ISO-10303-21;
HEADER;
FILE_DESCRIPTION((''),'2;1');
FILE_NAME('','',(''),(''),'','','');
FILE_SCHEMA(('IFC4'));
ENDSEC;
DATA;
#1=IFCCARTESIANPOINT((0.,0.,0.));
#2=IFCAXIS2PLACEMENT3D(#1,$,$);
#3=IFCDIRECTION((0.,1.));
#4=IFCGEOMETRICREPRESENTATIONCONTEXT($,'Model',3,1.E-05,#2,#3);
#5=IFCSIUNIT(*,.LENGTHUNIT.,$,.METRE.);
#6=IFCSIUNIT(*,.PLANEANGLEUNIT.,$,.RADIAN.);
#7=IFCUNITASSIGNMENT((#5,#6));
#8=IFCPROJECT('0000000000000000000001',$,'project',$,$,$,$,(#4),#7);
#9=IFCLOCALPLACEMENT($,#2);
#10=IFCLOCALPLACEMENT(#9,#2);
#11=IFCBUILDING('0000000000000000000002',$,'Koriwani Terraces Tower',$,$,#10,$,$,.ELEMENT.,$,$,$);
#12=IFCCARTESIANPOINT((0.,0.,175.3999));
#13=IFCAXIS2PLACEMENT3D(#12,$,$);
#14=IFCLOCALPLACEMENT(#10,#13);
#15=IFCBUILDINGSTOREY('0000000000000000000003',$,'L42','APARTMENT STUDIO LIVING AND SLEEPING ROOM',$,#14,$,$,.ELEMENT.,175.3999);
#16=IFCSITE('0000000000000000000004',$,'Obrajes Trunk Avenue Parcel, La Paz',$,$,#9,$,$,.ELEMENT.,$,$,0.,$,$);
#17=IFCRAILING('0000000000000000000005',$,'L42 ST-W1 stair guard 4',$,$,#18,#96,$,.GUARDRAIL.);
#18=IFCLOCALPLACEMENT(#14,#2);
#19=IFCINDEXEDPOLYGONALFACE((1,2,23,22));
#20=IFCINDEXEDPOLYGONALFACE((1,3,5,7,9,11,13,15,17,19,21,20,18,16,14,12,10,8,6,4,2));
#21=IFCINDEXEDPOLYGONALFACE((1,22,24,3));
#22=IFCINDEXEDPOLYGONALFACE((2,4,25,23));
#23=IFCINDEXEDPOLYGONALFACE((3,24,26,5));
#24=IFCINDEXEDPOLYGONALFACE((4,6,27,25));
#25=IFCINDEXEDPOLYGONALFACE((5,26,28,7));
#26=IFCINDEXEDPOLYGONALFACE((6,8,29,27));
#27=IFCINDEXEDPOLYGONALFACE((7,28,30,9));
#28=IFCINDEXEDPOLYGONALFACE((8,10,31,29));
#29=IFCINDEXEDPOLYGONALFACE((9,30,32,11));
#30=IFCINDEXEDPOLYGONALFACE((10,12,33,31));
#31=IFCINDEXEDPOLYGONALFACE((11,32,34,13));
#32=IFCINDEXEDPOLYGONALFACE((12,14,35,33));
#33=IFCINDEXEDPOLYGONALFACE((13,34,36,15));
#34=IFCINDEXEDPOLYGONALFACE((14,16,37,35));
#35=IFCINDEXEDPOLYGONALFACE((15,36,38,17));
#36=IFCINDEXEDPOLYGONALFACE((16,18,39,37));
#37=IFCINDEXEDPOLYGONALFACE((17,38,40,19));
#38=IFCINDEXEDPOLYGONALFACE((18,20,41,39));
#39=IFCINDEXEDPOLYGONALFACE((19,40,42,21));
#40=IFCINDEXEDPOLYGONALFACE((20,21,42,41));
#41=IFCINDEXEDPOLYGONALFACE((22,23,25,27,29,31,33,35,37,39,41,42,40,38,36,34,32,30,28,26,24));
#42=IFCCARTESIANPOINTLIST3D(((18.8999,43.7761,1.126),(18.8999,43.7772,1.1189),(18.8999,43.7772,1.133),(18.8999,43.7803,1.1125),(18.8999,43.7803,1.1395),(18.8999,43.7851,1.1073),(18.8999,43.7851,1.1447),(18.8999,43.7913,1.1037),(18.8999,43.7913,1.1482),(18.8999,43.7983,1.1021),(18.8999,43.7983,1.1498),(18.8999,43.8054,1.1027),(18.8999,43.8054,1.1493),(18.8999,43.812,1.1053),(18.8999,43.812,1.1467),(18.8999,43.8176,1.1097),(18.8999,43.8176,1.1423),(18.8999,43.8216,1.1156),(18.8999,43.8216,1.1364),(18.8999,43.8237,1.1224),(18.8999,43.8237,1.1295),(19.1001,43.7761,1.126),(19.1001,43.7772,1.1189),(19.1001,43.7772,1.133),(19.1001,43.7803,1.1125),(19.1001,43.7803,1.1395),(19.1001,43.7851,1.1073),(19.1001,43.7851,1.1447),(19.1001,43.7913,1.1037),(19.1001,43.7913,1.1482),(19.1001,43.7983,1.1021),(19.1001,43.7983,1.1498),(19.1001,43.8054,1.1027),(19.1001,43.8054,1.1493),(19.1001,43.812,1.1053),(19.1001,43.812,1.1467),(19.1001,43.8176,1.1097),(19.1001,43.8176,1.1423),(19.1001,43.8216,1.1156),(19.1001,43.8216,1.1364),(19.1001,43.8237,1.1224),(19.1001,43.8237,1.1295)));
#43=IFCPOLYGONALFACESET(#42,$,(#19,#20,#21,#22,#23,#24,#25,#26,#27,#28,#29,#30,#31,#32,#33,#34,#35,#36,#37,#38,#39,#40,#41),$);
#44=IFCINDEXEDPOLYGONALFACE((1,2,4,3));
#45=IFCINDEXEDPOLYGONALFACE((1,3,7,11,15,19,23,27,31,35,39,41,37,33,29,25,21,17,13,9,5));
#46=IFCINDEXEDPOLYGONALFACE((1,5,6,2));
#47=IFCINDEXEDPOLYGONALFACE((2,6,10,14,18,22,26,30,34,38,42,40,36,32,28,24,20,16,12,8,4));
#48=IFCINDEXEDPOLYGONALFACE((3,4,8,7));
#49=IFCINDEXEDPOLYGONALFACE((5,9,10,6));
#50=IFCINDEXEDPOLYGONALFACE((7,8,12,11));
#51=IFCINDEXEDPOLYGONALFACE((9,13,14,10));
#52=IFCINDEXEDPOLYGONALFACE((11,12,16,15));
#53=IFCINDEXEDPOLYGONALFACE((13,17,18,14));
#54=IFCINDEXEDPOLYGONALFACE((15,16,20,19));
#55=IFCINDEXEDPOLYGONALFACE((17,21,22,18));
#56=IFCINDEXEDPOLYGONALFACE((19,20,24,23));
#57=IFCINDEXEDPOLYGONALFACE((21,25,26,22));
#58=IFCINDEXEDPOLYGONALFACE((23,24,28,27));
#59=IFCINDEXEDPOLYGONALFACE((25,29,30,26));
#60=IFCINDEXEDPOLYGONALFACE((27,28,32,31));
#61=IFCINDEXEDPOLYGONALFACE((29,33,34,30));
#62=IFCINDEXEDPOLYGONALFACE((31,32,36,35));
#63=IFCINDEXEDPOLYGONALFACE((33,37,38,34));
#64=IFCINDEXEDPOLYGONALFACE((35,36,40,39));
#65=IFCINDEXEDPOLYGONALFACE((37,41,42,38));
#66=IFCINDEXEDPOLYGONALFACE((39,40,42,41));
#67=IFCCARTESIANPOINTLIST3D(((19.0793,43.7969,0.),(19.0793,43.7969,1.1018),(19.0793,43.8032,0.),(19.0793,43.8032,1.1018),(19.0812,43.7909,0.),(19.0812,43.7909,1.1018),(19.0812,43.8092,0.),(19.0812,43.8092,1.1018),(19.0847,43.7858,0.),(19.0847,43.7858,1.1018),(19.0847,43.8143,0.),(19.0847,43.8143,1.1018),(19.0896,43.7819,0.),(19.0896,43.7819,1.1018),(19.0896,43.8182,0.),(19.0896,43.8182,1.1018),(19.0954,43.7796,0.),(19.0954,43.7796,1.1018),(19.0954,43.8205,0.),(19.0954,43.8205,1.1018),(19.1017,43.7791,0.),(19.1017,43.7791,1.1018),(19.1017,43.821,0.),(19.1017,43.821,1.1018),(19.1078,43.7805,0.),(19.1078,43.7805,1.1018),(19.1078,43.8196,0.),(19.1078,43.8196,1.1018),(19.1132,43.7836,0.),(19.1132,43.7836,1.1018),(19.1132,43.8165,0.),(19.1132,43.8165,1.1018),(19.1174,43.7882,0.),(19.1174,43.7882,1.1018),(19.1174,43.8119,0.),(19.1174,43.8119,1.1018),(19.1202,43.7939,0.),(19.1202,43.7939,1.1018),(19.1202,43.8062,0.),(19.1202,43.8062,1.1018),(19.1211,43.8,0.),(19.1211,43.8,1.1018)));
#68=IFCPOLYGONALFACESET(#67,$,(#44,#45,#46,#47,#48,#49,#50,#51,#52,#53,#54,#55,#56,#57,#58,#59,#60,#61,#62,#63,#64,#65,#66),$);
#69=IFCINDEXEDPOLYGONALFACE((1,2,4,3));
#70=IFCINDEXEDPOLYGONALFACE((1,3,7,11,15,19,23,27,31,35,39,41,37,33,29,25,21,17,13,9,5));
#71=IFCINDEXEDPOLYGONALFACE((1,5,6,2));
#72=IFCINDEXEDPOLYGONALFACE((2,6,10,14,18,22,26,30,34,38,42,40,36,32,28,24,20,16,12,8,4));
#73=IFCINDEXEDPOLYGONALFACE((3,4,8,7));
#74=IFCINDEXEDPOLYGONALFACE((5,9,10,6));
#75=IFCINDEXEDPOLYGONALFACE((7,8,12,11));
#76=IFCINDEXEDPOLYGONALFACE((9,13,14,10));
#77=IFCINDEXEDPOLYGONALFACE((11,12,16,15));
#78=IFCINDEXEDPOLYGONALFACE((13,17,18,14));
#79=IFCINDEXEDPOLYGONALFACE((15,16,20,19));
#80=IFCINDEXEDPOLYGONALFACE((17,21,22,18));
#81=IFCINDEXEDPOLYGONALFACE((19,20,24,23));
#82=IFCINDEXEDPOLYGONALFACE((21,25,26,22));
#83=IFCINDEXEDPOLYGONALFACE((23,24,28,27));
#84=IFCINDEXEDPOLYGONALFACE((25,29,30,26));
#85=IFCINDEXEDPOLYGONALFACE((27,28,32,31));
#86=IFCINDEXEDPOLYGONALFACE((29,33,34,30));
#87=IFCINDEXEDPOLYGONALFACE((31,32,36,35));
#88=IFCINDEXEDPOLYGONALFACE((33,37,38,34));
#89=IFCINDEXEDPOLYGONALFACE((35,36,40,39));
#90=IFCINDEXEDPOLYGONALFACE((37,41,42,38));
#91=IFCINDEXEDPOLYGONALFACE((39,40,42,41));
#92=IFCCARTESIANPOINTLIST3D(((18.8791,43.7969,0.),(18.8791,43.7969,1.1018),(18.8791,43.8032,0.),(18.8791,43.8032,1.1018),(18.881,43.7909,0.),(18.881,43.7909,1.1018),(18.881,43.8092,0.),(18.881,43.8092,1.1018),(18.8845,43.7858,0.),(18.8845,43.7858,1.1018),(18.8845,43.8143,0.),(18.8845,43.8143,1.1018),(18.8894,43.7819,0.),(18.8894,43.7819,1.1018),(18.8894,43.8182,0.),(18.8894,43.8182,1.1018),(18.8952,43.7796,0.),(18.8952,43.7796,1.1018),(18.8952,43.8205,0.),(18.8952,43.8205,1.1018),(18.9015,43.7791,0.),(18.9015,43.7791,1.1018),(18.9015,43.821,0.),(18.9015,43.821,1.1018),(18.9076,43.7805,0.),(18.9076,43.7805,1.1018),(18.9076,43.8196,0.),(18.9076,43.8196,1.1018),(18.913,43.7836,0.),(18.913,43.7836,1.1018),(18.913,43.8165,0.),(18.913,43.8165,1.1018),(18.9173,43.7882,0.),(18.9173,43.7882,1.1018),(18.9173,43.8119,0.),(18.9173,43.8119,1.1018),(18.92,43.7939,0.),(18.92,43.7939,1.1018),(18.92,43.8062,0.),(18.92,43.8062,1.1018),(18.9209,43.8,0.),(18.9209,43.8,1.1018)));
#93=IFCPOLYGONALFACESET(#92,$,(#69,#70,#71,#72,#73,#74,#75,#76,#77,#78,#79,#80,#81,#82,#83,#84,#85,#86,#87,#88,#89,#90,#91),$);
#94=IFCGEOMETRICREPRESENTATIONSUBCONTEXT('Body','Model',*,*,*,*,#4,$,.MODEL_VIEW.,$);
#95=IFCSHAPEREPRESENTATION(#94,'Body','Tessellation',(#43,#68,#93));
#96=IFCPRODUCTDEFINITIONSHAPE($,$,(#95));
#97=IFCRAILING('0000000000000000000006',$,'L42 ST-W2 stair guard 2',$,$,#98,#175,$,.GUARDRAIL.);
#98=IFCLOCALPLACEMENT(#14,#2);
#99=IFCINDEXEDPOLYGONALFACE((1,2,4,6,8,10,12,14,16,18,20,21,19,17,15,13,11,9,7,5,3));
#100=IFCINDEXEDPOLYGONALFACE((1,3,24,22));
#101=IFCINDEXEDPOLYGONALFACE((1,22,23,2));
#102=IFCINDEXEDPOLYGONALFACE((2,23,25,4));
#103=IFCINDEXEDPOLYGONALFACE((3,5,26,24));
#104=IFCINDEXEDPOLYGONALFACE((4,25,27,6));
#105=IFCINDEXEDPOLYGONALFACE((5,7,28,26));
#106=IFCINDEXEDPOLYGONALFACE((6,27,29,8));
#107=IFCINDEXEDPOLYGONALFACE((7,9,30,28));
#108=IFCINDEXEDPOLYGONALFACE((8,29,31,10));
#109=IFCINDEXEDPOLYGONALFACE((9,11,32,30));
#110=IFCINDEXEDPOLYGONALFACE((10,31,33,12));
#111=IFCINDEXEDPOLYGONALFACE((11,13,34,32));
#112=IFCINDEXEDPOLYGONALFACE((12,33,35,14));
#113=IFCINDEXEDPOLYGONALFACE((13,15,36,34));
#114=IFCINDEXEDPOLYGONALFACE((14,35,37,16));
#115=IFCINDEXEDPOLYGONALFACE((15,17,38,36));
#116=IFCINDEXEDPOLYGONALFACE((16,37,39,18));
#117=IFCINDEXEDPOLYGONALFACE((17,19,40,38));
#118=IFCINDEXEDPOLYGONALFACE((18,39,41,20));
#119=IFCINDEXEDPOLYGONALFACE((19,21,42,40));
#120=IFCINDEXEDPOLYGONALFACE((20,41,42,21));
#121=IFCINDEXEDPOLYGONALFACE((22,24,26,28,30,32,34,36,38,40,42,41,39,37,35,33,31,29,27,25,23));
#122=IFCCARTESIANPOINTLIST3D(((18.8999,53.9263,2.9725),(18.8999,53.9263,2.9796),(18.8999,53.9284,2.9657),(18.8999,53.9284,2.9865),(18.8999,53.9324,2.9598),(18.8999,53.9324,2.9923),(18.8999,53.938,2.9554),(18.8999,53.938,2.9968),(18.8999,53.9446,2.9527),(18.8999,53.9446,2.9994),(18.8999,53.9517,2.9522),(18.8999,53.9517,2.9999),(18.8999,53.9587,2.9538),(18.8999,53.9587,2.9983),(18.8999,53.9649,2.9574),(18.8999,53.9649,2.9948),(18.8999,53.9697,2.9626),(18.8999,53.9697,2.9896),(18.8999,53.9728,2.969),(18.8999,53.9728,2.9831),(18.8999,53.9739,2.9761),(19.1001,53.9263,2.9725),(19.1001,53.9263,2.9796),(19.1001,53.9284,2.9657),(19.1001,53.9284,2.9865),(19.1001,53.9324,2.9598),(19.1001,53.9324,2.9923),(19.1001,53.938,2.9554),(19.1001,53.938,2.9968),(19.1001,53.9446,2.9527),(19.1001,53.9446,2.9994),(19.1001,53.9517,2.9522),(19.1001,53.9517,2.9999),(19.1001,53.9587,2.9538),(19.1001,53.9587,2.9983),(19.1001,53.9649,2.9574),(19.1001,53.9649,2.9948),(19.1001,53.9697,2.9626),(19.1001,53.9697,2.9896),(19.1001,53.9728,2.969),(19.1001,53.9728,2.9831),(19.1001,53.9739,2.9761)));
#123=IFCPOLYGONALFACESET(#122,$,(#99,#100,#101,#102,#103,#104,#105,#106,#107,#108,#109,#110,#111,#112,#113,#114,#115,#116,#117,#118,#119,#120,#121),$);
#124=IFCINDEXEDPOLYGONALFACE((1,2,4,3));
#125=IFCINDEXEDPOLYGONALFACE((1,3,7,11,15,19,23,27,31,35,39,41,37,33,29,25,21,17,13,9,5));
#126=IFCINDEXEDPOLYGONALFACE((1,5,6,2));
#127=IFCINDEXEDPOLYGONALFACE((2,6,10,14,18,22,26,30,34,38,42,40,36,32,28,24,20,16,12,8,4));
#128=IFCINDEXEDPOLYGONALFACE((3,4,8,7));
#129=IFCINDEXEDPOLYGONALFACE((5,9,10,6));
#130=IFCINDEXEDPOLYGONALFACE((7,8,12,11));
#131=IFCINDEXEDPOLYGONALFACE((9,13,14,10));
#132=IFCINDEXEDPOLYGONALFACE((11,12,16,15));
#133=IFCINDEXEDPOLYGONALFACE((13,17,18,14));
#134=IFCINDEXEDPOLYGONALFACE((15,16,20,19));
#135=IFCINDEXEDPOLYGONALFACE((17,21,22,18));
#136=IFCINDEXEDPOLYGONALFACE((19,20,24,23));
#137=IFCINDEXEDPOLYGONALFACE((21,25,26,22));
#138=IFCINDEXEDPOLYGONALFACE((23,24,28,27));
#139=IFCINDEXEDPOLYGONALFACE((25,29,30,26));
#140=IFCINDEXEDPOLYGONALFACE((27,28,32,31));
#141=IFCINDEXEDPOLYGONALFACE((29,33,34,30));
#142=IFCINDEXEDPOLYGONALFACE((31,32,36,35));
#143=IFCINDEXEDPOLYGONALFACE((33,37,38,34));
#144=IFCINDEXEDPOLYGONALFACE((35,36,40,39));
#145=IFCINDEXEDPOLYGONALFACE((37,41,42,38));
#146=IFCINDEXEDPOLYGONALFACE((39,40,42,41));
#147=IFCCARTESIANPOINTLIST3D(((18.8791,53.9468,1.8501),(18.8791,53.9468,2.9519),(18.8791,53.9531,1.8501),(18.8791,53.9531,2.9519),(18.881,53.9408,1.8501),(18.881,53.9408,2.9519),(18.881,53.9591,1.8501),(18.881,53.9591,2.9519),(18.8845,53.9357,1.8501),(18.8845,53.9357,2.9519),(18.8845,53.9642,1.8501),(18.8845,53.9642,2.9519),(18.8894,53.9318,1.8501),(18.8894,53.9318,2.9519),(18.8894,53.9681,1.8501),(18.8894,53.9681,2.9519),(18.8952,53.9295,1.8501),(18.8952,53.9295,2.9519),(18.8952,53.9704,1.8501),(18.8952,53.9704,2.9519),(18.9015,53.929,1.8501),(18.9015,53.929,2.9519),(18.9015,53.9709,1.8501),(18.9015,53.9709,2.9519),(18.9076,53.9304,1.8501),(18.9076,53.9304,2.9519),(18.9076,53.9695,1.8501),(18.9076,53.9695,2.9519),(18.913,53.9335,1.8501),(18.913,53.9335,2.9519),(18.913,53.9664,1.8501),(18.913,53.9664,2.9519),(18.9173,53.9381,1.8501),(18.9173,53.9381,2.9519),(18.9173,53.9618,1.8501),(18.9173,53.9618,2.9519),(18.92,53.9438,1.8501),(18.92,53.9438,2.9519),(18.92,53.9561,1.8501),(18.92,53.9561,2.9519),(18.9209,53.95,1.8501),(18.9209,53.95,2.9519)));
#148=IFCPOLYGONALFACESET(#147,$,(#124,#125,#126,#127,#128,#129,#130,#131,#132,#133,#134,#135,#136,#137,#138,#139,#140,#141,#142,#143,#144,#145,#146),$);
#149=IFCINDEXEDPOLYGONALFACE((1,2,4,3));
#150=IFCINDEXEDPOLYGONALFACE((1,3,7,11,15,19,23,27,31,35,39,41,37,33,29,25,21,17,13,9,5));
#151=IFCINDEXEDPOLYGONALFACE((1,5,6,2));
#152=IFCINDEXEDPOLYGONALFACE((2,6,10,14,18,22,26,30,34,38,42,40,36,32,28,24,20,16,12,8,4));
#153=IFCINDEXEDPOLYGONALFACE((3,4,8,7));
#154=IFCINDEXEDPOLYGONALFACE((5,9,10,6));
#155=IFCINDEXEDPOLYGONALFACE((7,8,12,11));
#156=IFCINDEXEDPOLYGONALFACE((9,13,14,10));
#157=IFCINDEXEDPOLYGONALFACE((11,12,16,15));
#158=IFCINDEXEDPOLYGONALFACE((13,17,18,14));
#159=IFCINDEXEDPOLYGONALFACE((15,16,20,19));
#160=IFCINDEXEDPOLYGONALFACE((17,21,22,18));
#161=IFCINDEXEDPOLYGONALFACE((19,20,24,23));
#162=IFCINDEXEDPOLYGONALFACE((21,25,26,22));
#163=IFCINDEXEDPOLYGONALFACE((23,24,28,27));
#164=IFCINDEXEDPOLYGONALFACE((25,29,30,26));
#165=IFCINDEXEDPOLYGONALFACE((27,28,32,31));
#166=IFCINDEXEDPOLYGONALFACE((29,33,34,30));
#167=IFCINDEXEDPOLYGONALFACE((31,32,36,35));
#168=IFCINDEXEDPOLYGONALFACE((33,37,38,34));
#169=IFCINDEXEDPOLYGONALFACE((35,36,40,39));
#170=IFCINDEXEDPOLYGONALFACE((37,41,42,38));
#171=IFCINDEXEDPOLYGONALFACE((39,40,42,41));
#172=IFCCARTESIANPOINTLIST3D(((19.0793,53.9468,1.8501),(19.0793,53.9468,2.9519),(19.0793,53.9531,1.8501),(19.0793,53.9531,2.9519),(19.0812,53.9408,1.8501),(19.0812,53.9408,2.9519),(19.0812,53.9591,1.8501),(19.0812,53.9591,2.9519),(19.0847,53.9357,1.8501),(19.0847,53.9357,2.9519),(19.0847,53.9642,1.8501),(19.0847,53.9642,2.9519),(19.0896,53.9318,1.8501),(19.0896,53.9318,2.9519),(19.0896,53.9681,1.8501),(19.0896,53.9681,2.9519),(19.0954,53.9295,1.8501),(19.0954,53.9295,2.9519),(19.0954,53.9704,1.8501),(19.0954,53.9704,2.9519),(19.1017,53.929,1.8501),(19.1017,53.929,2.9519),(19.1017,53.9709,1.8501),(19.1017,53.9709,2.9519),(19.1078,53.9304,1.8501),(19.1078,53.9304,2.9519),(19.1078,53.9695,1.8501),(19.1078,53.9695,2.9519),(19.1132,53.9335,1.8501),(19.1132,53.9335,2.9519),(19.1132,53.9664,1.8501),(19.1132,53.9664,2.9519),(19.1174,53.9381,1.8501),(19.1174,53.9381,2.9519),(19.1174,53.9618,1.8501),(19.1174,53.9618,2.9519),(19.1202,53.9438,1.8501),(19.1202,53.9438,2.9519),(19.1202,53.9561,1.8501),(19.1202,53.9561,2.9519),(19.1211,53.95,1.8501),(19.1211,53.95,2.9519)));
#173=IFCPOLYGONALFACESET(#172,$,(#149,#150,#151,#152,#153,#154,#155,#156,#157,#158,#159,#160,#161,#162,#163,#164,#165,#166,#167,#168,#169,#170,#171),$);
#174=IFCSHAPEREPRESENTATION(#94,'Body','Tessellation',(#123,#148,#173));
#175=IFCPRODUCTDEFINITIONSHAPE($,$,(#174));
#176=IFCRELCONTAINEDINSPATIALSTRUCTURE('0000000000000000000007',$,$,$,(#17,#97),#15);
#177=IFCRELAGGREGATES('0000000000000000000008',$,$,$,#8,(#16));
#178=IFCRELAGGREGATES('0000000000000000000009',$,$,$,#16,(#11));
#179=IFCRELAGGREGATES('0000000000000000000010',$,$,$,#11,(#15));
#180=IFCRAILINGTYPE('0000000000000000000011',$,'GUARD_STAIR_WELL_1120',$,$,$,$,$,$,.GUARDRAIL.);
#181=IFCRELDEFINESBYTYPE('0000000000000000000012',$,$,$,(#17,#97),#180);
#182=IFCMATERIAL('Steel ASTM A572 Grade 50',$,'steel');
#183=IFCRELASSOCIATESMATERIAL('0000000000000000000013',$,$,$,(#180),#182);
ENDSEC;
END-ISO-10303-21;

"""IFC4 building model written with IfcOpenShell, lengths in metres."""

from ifc_helpers import new_model, si_unit, direction, frame, origin, origin_2d, place, context, subcontext, project, spatial, circle, extrude, material, type_object, element, save


model = new_model("IFC4")

# Units and contexts
model_context = context("Model", 3, precision=1e-05, world=origin(), true_north=direction((0.0, 1.0)))
body_context = subcontext(model_context, "Body", "Model", "MODEL_VIEW")
ifc_project = project(units=[si_unit("LENGTHUNIT", "METRE"), si_unit("PLANEANGLEUNIT", "RADIAN")], contexts=[model_context])

# Site, building, storey
site_placement = place(None, origin())
site = spatial("IfcSite", under=ifc_project, at=site_placement, Name="Obrajes Trunk Avenue Parcel, La Paz", CompositionType="ELEMENT", RefElevation=0.0)
building_placement = place(site_placement, origin())
building = spatial("IfcBuilding", under=site, at=building_placement, Name="Koriwani Terraces Tower", CompositionType="ELEMENT")
storey_placement = place(building_placement, frame((0.0, 0.0, 175.3999)))
storey = spatial("IfcBuildingStorey", under=building, at=storey_placement, Name="L42", Description="APARTMENT STUDIO LIVING AND SLEEPING ROOM", CompositionType="ELEMENT", Elevation=175.3999)

# Shared definitions
ifc_material_1 = material(Name="Steel ASTM A572 Grade 50", Category="steel")

# Railings
railing_type_1 = type_object("IfcRailingType", Name="GUARD_STAIR_WELL_1120", PredefinedType="GUARDRAIL", material=ifc_material_1)
railing_1_placement = place(storey_placement, frame((19.1001, 43.8, 0.0)))
element("IfcRailing", 1, at=railing_1_placement, inside=storey, type_object=railing_type_1, Name="L42 ST-W1 stair guard 4", PredefinedType="GUARDRAIL", context=body_context, shape_type="SweptSolid", body=[
    extrude(circle(Radius=0.0239, at=origin_2d()), frame((0.0, 0.0, 1.126), z_axis=(-1.0, 0.0, 0.0), x_axis=(0.0, -1.0, 0.0)), (0.0, 0.0, 1.0), 0.2002),
    extrude(circle(Radius=0.021, at=origin_2d()), origin(), (0.0, 0.0, 1.0), 1.1018),
    extrude(circle(Radius=0.021, at=origin_2d()), frame((-0.2002, 0.0, 0.0)), (0.0, 0.0, 1.0), 1.1018),
])
railing_2_placement = place(storey_placement, frame((18.8999, 53.95, 1.8501)))
element("IfcRailing", 2, at=railing_2_placement, inside=storey, type_object=railing_type_1, Name="L42 ST-W2 stair guard 2", PredefinedType="GUARDRAIL", context=body_context, shape_type="SweptSolid", body=[
    extrude(circle(Radius=0.0239, at=origin_2d()), frame((0.0, 0.0, 1.126), z_axis=(1.0, 0.0, 0.0), x_axis=(0.0, 1.0, 0.0)), (0.0, 0.0, 1.0), 0.2002),
    extrude(circle(Radius=0.021, at=origin_2d()), origin(), (0.0, 0.0, 1.0), 1.1018),
    extrude(circle(Radius=0.021, at=origin_2d()), frame((0.2002, 0.0, 0.0)), (0.0, 0.0, 1.0), 1.1018),
])

save(model, "model.ifc")
